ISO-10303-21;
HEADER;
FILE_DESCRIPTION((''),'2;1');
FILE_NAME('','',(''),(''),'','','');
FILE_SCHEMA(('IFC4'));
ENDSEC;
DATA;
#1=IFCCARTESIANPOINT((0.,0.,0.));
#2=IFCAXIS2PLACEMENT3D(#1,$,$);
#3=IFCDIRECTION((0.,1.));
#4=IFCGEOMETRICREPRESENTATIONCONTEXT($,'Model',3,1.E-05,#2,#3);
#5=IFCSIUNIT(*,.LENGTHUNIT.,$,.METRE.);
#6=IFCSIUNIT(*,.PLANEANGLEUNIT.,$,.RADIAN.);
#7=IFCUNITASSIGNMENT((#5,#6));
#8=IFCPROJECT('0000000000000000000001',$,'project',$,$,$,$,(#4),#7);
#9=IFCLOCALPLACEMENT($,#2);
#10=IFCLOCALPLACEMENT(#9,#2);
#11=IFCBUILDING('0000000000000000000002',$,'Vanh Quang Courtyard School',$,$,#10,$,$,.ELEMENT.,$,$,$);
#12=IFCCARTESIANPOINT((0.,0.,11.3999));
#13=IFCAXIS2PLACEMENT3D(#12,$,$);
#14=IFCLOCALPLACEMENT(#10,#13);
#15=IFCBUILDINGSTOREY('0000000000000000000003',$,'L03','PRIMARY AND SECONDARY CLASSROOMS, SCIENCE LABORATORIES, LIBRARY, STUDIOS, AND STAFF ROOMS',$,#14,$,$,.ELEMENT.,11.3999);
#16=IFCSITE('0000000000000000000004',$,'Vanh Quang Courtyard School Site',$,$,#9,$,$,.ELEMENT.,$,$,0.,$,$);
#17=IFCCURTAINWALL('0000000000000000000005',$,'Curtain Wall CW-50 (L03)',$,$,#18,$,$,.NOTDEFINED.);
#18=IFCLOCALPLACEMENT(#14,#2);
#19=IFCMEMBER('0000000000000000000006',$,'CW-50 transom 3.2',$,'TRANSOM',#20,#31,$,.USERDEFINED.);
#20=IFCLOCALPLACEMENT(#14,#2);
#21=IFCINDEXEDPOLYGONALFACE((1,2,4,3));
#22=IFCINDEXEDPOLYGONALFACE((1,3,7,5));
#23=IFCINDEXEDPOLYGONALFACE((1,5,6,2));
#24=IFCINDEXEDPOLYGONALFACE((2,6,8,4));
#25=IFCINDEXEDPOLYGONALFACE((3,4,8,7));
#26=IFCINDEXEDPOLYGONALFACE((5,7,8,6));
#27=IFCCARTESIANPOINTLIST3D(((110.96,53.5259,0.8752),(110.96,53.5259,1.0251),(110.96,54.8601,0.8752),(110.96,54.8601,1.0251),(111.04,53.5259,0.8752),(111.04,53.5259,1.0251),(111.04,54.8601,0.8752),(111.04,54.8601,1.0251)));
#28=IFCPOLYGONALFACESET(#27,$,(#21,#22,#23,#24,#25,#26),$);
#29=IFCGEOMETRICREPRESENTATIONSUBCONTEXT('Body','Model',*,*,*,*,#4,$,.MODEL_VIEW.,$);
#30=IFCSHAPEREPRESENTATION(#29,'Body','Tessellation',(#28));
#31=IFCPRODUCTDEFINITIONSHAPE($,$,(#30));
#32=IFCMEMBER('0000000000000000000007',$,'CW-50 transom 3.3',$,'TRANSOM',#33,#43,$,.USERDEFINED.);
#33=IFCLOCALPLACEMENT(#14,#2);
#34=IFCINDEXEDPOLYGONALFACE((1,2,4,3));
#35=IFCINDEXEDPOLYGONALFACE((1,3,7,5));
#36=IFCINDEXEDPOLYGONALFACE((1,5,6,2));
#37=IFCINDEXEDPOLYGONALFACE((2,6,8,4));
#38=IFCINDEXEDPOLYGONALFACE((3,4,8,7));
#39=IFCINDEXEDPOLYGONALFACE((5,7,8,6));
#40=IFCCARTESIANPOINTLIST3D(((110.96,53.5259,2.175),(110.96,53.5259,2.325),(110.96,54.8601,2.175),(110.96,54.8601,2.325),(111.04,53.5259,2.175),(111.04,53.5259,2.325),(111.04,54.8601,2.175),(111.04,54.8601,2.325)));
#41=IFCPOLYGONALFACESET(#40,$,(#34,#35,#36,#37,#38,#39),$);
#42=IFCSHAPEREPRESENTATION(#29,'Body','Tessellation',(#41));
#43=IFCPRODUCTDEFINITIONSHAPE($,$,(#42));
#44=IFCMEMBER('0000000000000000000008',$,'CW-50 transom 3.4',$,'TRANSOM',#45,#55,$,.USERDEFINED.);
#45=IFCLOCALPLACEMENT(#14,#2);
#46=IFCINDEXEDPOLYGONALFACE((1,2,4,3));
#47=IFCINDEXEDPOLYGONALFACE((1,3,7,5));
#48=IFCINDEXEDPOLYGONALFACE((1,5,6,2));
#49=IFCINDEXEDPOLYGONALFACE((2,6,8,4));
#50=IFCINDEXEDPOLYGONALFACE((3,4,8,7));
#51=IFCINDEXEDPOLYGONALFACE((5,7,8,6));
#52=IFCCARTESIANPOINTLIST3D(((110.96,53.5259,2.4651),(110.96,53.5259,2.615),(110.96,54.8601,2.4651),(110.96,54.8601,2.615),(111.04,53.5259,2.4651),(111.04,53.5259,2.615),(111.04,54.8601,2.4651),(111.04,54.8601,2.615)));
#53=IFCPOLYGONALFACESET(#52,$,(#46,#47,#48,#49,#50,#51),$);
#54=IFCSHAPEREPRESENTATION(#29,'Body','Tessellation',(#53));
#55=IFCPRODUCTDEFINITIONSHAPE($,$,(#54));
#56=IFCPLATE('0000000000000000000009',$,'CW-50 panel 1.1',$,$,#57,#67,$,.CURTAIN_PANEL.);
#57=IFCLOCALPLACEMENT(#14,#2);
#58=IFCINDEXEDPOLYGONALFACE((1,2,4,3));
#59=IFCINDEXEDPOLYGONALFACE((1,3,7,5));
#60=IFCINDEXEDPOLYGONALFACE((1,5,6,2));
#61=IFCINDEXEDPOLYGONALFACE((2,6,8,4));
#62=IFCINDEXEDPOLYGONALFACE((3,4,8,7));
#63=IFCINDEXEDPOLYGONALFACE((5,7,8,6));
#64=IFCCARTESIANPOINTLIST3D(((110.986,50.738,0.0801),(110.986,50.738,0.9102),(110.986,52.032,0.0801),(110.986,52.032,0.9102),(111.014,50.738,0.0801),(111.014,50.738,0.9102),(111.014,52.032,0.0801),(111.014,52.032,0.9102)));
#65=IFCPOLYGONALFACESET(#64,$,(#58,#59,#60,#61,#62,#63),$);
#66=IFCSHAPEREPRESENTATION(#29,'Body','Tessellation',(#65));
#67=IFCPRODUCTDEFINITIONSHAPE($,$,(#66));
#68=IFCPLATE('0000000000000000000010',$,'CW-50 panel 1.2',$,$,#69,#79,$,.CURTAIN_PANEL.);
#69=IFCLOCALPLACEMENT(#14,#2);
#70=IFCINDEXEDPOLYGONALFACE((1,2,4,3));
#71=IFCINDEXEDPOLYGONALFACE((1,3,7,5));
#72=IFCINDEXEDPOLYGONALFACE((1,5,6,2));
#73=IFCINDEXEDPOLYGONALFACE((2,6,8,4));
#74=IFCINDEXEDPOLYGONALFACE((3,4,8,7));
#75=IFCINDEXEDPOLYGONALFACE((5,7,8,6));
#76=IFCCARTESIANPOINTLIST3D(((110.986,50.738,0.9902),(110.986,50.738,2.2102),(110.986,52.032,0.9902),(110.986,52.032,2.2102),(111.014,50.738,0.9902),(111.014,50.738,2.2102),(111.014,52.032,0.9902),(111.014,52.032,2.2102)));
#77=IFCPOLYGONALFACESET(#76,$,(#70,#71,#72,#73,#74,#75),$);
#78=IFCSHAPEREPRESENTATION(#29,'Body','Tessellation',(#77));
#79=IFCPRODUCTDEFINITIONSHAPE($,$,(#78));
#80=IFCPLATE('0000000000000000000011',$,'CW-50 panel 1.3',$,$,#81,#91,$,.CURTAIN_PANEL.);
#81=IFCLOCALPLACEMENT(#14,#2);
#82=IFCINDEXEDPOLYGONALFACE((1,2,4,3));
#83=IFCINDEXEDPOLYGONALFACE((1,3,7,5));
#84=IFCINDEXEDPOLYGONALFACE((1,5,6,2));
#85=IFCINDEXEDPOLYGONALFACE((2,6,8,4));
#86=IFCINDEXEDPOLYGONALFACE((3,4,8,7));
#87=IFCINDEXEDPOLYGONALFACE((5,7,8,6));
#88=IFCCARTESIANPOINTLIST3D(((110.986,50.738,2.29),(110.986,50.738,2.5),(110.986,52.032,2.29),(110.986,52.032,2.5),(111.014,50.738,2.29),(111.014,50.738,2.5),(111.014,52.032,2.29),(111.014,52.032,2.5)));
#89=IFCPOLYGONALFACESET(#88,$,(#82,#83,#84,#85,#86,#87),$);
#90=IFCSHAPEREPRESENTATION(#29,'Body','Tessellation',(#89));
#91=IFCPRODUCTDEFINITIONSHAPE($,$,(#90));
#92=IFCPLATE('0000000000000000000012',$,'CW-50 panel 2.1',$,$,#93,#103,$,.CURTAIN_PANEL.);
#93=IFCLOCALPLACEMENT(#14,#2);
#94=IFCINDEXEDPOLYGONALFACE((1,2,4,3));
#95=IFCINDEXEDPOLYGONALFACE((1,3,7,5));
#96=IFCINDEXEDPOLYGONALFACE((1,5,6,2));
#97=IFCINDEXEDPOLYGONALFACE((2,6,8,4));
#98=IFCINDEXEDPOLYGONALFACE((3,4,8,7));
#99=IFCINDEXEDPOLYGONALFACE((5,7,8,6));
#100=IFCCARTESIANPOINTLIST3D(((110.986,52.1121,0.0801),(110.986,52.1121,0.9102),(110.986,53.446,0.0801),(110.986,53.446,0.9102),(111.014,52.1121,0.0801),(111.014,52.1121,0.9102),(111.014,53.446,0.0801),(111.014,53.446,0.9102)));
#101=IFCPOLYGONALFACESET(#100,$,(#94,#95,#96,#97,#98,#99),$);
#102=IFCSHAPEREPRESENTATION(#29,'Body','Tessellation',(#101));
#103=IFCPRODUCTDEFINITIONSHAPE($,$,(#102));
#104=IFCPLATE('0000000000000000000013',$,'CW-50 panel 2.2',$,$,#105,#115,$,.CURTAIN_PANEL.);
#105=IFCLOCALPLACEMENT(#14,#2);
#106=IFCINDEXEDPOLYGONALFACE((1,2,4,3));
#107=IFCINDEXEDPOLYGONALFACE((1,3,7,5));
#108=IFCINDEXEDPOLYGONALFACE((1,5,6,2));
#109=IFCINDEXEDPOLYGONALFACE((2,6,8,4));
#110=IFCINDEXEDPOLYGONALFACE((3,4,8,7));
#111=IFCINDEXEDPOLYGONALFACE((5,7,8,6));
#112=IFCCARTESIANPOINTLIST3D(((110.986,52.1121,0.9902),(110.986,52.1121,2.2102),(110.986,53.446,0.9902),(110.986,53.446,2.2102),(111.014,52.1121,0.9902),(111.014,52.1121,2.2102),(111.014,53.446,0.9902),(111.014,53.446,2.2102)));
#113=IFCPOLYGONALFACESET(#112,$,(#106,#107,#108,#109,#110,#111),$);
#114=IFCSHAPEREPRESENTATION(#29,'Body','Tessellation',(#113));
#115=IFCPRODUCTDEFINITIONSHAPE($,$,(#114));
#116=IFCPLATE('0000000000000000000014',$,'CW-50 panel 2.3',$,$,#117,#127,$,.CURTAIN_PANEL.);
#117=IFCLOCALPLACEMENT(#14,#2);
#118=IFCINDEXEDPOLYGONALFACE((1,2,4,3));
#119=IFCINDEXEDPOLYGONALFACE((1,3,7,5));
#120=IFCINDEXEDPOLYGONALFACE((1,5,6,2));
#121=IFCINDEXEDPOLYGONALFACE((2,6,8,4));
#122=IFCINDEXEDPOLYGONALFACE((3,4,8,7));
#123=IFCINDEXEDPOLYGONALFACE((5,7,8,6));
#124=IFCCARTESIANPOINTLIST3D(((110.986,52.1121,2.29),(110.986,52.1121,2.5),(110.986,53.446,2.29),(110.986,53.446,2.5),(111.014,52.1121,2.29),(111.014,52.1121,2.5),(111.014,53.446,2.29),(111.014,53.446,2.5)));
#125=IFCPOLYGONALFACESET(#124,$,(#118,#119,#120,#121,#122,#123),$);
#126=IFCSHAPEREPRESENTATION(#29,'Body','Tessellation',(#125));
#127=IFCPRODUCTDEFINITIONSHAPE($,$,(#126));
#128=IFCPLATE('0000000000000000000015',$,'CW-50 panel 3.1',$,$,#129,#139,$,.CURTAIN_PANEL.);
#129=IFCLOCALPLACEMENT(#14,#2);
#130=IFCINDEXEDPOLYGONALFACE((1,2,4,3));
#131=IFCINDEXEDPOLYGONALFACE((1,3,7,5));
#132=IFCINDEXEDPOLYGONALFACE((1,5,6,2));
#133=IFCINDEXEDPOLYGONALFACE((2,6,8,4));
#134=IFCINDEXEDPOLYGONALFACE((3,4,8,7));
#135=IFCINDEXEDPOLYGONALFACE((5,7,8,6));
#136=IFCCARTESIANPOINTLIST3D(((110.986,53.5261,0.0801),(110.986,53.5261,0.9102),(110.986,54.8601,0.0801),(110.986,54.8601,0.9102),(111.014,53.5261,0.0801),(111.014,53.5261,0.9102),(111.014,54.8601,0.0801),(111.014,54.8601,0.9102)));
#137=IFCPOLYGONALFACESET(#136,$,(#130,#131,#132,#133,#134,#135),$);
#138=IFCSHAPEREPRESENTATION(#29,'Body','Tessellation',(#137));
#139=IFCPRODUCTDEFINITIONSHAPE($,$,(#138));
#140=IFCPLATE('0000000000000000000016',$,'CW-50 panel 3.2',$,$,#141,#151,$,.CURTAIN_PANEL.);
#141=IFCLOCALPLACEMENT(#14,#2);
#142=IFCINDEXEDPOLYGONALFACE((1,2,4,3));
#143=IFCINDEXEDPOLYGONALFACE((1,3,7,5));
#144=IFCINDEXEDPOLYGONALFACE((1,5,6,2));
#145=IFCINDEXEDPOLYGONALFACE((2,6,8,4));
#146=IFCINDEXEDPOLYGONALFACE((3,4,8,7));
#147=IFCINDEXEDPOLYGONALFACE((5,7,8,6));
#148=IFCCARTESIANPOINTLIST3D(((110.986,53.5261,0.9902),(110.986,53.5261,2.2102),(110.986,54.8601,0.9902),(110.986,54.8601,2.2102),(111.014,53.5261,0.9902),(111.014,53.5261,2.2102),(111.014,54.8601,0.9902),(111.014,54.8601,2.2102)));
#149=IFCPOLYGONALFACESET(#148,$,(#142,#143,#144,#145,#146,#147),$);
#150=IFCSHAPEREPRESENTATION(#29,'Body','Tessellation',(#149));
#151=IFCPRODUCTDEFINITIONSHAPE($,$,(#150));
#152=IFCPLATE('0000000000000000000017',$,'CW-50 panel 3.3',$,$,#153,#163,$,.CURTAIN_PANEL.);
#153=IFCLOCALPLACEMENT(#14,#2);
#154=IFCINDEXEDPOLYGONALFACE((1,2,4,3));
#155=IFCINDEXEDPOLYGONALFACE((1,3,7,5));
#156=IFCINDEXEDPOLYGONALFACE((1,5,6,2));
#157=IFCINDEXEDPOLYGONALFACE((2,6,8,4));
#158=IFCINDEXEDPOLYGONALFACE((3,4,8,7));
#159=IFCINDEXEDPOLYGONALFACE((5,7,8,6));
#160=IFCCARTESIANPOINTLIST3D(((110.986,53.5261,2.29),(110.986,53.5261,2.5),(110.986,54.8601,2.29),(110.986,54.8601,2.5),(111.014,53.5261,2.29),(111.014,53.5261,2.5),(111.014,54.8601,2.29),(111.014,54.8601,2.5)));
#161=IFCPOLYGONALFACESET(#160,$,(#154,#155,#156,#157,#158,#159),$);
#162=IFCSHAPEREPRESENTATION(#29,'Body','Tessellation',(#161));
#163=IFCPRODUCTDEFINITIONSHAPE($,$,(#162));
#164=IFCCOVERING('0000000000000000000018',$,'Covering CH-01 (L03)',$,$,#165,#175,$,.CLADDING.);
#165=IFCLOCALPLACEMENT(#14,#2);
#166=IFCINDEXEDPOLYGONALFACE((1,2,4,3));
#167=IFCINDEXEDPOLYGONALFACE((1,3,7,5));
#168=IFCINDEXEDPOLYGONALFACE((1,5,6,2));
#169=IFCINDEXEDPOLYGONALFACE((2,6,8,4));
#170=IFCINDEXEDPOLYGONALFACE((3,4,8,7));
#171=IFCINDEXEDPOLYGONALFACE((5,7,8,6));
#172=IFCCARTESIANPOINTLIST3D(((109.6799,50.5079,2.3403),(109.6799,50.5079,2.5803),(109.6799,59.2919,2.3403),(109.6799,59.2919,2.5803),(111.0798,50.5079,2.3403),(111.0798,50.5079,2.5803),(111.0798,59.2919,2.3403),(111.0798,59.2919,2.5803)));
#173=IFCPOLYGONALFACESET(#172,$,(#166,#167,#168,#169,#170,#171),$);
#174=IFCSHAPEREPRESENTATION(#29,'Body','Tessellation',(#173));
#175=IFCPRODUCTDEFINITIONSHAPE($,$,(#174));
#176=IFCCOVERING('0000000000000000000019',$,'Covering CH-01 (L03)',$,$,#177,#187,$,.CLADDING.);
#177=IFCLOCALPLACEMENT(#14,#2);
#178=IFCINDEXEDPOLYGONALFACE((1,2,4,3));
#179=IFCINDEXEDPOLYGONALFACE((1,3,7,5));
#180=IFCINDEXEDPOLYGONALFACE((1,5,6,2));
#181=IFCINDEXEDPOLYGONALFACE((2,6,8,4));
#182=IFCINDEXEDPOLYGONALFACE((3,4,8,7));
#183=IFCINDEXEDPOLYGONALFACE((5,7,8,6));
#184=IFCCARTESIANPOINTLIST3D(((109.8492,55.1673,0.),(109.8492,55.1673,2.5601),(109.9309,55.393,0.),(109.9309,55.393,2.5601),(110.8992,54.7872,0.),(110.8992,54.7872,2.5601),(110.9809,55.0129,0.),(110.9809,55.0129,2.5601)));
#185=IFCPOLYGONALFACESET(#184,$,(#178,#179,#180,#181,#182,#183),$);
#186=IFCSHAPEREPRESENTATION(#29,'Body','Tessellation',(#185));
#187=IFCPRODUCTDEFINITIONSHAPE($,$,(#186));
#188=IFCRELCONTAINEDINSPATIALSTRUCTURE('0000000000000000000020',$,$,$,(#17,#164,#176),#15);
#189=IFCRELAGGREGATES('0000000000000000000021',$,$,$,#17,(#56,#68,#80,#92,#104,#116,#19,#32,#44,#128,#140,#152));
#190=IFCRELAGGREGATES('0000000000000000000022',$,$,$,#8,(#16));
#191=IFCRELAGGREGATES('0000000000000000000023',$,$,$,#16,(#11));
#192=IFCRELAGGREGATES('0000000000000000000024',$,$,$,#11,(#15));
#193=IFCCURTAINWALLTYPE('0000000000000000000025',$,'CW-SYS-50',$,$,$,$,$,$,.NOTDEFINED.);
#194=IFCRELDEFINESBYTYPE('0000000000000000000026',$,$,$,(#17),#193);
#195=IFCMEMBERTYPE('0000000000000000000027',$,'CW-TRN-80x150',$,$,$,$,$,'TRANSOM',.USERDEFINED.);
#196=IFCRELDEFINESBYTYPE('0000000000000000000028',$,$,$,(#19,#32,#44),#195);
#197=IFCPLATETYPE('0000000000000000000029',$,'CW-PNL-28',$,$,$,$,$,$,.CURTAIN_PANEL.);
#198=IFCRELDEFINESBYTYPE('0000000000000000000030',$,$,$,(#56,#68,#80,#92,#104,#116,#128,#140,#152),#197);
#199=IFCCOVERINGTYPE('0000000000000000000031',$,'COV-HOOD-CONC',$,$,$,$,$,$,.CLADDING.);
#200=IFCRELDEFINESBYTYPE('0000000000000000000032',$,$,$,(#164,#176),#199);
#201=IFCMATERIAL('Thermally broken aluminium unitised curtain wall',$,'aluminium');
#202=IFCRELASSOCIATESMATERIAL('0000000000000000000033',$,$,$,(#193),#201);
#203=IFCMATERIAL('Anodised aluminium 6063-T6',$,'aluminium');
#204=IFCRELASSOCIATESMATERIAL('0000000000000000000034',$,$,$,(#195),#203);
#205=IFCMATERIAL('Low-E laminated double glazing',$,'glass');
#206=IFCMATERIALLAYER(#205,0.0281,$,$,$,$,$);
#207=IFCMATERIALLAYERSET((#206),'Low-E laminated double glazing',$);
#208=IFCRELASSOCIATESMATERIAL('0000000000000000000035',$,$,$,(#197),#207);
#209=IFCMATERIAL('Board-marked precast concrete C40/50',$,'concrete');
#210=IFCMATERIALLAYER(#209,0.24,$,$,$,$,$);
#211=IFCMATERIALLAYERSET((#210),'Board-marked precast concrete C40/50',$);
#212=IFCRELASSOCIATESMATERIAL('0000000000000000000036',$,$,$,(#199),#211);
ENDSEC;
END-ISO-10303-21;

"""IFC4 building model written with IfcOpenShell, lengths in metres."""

from ifc_helpers import new_model, si_unit, direction, frame, origin, origin_2d, place, context, subcontext, project, spatial, rectangle, extrude, material, layer, layer_set, material_profile, profile_set, type_object, element, aggregate, save


model = new_model("IFC4")

# Units and contexts
model_context = context("Model", 3, precision=1e-05, world=origin(), true_north=direction((0.0, 1.0)))
body_context = subcontext(model_context, "Body", "Model", "MODEL_VIEW")
ifc_project = project(units=[si_unit("LENGTHUNIT", "METRE"), si_unit("PLANEANGLEUNIT", "RADIAN")], contexts=[model_context])

# Site, building, storey
site_placement = place(None, origin())
site = spatial("IfcSite", under=ifc_project, at=site_placement, Name="Vanh Quang Courtyard School Site", CompositionType="ELEMENT", RefElevation=0.0)
building_placement = place(site_placement, origin())
building = spatial("IfcBuilding", under=site, at=building_placement, Name="Vanh Quang Courtyard School", CompositionType="ELEMENT")
storey_placement = place(building_placement, frame((0.0, 0.0, 11.3999)))
storey = spatial("IfcBuildingStorey", under=building, at=storey_placement, Name="L03", Description="PRIMARY AND SECONDARY CLASSROOMS, SCIENCE LABORATORIES, LIBRARY, STUDIOS, AND STAFF ROOMS", CompositionType="ELEMENT", Elevation=11.3999)

# Curtain wall, members, plates
ifc_material_1 = material(Name="Thermally broken aluminium unitised curtain wall", Category="aluminium")
curtain_wall_type = type_object("IfcCurtainWallType", Name="CW-SYS-50", PredefinedType="NOTDEFINED", material=ifc_material_1)
curtain_wall_placement = place(storey_placement, origin())
curtain_wall = element("IfcCurtainWall", 1, at=curtain_wall_placement, inside=storey, type_object=curtain_wall_type, Name="Curtain Wall CW-50 (L03)", PredefinedType="NOTDEFINED")
ifc_material_2 = material(Name="Anodised aluminium 6063-T6", Category="aluminium")
ifc_material_profile_1 = material_profile(ifc_material_2, rectangle(XDim=0.0801, YDim=0.1499, at=origin_2d()), Name="ALU-TRN 80x150")
ifc_profile_set_1 = profile_set([ifc_material_profile_1], Name="Anodised aluminium 6063-T6")
member_type_1 = type_object("IfcMemberType", Name="CW-TRN-80x150", ElementType="TRANSOM", PredefinedType="USERDEFINED", material=ifc_profile_set_1)
member_1_placement = place(storey_placement, frame((111.0, 53.5259, 0.9502), z_axis=(0.0, 1.0, 0.0), x_axis=(-1.0, 0.0, 0.0)))
member_1 = element("IfcMember", 2, at=member_1_placement, type_object=member_type_1, Name="CW-50 transom 3.2", ObjectType="TRANSOM", PredefinedType="USERDEFINED", context=body_context, shape_type="SweptSolid", body=[
    extrude(rectangle(XDim=0.0801, YDim=0.1499, at=origin_2d()), origin(), (0.0, 0.0, 1.0), 1.3342),
])
member_2_placement = place(storey_placement, frame((111.0, 53.5259, 2.25), z_axis=(0.0, 1.0, 0.0), x_axis=(-1.0, 0.0, 0.0)))
member_2 = element("IfcMember", 3, at=member_2_placement, type_object=member_type_1, Name="CW-50 transom 3.3", ObjectType="TRANSOM", PredefinedType="USERDEFINED", context=body_context, shape_type="SweptSolid", body=[
    extrude(rectangle(XDim=0.0801, YDim=0.1499, at=origin_2d()), origin(), (0.0, 0.0, 1.0), 1.3342),
])
member_3_placement = place(storey_placement, frame((111.0, 53.5259, 2.54), z_axis=(0.0, 1.0, 0.0), x_axis=(-1.0, 0.0, 0.0)))
member_3 = element("IfcMember", 4, at=member_3_placement, type_object=member_type_1, Name="CW-50 transom 3.4", ObjectType="TRANSOM", PredefinedType="USERDEFINED", context=body_context, shape_type="SweptSolid", body=[
    extrude(rectangle(XDim=0.0801, YDim=0.1499, at=origin_2d()), origin(), (0.0, 0.0, 1.0), 1.3342),
])
ifc_material_3 = material(Name="Low-E laminated double glazing", Category="glass")
ifc_layer_1 = layer(ifc_material_3, 0.0281)
ifc_layer_set_1 = layer_set([ifc_layer_1], Name="Low-E laminated double glazing")
plate_type = type_object("IfcPlateType", Name="CW-PNL-28", PredefinedType="CURTAIN_PANEL", material=ifc_layer_set_1)
plate_1_placement = place(storey_placement, frame((111.0, 51.385, 0.0801), z_axis=(0.0, 0.0, 1.0), x_axis=(0.0, 1.0, 0.0)))
plate_1 = element("IfcPlate", 5, at=plate_1_placement, type_object=plate_type, Name="CW-50 panel 1.1", PredefinedType="CURTAIN_PANEL", context=body_context, shape_type="SweptSolid", body=[
    extrude(rectangle(XDim=1.2939, YDim=0.0281, at=origin_2d()), origin(), (0.0, 0.0, 1.0), 0.8301),
])
plate_2_placement = place(storey_placement, frame((111.0, 51.385, 0.9902), z_axis=(0.0, 0.0, 1.0), x_axis=(0.0, 1.0, 0.0)))
plate_2 = element("IfcPlate", 6, at=plate_2_placement, type_object=plate_type, Name="CW-50 panel 1.2", PredefinedType="CURTAIN_PANEL", context=body_context, shape_type="SweptSolid", body=[
    extrude(rectangle(XDim=1.2939, YDim=0.0281, at=origin_2d()), origin(), (0.0, 0.0, 1.0), 1.22),
])
plate_3_placement = place(storey_placement, frame((111.0, 51.385, 2.29), z_axis=(0.0, 0.0, 1.0), x_axis=(0.0, 1.0, 0.0)))
plate_3 = element("IfcPlate", 7, at=plate_3_placement, type_object=plate_type, Name="CW-50 panel 1.3", PredefinedType="CURTAIN_PANEL", context=body_context, shape_type="SweptSolid", body=[
    extrude(rectangle(XDim=1.2939, YDim=0.0281, at=origin_2d()), origin(), (0.0, 0.0, 1.0), 0.21),
])
plate_4_placement = place(storey_placement, frame((111.0, 52.7791, 0.0801), z_axis=(0.0, 0.0, 1.0), x_axis=(0.0, 1.0, 0.0)))
plate_4 = element("IfcPlate", 8, at=plate_4_placement, type_object=plate_type, Name="CW-50 panel 2.1", PredefinedType="CURTAIN_PANEL", context=body_context, shape_type="SweptSolid", body=[
    extrude(rectangle(XDim=1.334, YDim=0.0281, at=origin_2d()), origin(), (0.0, 0.0, 1.0), 0.8301),
])
plate_5_placement = place(storey_placement, frame((111.0, 52.7791, 0.9902), z_axis=(0.0, 0.0, 1.0), x_axis=(0.0, 1.0, 0.0)))
plate_5 = element("IfcPlate", 9, at=plate_5_placement, type_object=plate_type, Name="CW-50 panel 2.2", PredefinedType="CURTAIN_PANEL", context=body_context, shape_type="SweptSolid", body=[
    extrude(rectangle(XDim=1.334, YDim=0.0281, at=origin_2d()), origin(), (0.0, 0.0, 1.0), 1.22),
])
plate_6_placement = place(storey_placement, frame((111.0, 52.7791, 2.29), z_axis=(0.0, 0.0, 1.0), x_axis=(0.0, 1.0, 0.0)))
plate_6 = element("IfcPlate", 10, at=plate_6_placement, type_object=plate_type, Name="CW-50 panel 2.3", PredefinedType="CURTAIN_PANEL", context=body_context, shape_type="SweptSolid", body=[
    extrude(rectangle(XDim=1.334, YDim=0.0281, at=origin_2d()), origin(), (0.0, 0.0, 1.0), 0.21),
])
plate_7_placement = place(storey_placement, frame((111.0, 54.1931, 0.0801), z_axis=(0.0, 0.0, 1.0), x_axis=(0.0, 1.0, 0.0)))
plate_7 = element("IfcPlate", 11, at=plate_7_placement, type_object=plate_type, Name="CW-50 panel 3.1", PredefinedType="CURTAIN_PANEL", context=body_context, shape_type="SweptSolid", body=[
    extrude(rectangle(XDim=1.334, YDim=0.0281, at=origin_2d()), origin(), (0.0, 0.0, 1.0), 0.8301),
])
plate_8_placement = place(storey_placement, frame((111.0, 54.1931, 0.9902), z_axis=(0.0, 0.0, 1.0), x_axis=(0.0, 1.0, 0.0)))
plate_8 = element("IfcPlate", 12, at=plate_8_placement, type_object=plate_type, Name="CW-50 panel 3.2", PredefinedType="CURTAIN_PANEL", context=body_context, shape_type="SweptSolid", body=[
    extrude(rectangle(XDim=1.334, YDim=0.0281, at=origin_2d()), origin(), (0.0, 0.0, 1.0), 1.22),
])
plate_9_placement = place(storey_placement, frame((111.0, 54.1931, 2.29), z_axis=(0.0, 0.0, 1.0), x_axis=(0.0, 1.0, 0.0)))
plate_9 = element("IfcPlate", 13, at=plate_9_placement, type_object=plate_type, Name="CW-50 panel 3.3", PredefinedType="CURTAIN_PANEL", context=body_context, shape_type="SweptSolid", body=[
    extrude(rectangle(XDim=1.334, YDim=0.0281, at=origin_2d()), origin(), (0.0, 0.0, 1.0), 0.21),
])
aggregate(curtain_wall, [plate_1, plate_2, plate_3, plate_4, plate_5, plate_6, member_1, member_2, member_3, plate_7, plate_8, plate_9])

# Coverings
ifc_material_4 = material(Name="Board-marked precast concrete C40/50", Category="concrete")
ifc_layer_2 = layer(ifc_material_4, 0.24)
ifc_layer_set_2 = layer_set([ifc_layer_2], Name="Board-marked precast concrete C40/50")
covering_type = type_object("IfcCoveringType", Name="COV-HOOD-CONC", PredefinedType="CLADDING", material=ifc_layer_set_2)
covering_1_placement = place(storey_placement, frame((110.3799, 54.8999, 2.3403), z_axis=(0.0, 0.0, 1.0), x_axis=(0.0, 1.0, 0.0)))
element("IfcCovering", 14, at=covering_1_placement, inside=storey, type_object=covering_type, Name="Covering CH-01 (L03)", PredefinedType="CLADDING", context=body_context, shape_type="SweptSolid", body=[
    extrude(rectangle(XDim=8.7839, YDim=1.3999, at=origin_2d()), origin(), (0.0, 0.0, 1.0), 0.24),
])
covering_2_placement = place(storey_placement, frame((110.415, 55.0901, 0.0), z_axis=(0.0, 0.0, 1.0), x_axis=(-0.940288, 0.34038, 0.0)))
element("IfcCovering", 15, at=covering_2_placement, inside=storey, type_object=covering_type, Name="Covering CH-01 (L03)", PredefinedType="CLADDING", context=body_context, shape_type="SweptSolid", body=[
    extrude(rectangle(XDim=1.1167, YDim=0.24, at=origin_2d()), origin(), (0.0, 0.0, 1.0), 2.5601),
])

save(model, "model.ifc")
